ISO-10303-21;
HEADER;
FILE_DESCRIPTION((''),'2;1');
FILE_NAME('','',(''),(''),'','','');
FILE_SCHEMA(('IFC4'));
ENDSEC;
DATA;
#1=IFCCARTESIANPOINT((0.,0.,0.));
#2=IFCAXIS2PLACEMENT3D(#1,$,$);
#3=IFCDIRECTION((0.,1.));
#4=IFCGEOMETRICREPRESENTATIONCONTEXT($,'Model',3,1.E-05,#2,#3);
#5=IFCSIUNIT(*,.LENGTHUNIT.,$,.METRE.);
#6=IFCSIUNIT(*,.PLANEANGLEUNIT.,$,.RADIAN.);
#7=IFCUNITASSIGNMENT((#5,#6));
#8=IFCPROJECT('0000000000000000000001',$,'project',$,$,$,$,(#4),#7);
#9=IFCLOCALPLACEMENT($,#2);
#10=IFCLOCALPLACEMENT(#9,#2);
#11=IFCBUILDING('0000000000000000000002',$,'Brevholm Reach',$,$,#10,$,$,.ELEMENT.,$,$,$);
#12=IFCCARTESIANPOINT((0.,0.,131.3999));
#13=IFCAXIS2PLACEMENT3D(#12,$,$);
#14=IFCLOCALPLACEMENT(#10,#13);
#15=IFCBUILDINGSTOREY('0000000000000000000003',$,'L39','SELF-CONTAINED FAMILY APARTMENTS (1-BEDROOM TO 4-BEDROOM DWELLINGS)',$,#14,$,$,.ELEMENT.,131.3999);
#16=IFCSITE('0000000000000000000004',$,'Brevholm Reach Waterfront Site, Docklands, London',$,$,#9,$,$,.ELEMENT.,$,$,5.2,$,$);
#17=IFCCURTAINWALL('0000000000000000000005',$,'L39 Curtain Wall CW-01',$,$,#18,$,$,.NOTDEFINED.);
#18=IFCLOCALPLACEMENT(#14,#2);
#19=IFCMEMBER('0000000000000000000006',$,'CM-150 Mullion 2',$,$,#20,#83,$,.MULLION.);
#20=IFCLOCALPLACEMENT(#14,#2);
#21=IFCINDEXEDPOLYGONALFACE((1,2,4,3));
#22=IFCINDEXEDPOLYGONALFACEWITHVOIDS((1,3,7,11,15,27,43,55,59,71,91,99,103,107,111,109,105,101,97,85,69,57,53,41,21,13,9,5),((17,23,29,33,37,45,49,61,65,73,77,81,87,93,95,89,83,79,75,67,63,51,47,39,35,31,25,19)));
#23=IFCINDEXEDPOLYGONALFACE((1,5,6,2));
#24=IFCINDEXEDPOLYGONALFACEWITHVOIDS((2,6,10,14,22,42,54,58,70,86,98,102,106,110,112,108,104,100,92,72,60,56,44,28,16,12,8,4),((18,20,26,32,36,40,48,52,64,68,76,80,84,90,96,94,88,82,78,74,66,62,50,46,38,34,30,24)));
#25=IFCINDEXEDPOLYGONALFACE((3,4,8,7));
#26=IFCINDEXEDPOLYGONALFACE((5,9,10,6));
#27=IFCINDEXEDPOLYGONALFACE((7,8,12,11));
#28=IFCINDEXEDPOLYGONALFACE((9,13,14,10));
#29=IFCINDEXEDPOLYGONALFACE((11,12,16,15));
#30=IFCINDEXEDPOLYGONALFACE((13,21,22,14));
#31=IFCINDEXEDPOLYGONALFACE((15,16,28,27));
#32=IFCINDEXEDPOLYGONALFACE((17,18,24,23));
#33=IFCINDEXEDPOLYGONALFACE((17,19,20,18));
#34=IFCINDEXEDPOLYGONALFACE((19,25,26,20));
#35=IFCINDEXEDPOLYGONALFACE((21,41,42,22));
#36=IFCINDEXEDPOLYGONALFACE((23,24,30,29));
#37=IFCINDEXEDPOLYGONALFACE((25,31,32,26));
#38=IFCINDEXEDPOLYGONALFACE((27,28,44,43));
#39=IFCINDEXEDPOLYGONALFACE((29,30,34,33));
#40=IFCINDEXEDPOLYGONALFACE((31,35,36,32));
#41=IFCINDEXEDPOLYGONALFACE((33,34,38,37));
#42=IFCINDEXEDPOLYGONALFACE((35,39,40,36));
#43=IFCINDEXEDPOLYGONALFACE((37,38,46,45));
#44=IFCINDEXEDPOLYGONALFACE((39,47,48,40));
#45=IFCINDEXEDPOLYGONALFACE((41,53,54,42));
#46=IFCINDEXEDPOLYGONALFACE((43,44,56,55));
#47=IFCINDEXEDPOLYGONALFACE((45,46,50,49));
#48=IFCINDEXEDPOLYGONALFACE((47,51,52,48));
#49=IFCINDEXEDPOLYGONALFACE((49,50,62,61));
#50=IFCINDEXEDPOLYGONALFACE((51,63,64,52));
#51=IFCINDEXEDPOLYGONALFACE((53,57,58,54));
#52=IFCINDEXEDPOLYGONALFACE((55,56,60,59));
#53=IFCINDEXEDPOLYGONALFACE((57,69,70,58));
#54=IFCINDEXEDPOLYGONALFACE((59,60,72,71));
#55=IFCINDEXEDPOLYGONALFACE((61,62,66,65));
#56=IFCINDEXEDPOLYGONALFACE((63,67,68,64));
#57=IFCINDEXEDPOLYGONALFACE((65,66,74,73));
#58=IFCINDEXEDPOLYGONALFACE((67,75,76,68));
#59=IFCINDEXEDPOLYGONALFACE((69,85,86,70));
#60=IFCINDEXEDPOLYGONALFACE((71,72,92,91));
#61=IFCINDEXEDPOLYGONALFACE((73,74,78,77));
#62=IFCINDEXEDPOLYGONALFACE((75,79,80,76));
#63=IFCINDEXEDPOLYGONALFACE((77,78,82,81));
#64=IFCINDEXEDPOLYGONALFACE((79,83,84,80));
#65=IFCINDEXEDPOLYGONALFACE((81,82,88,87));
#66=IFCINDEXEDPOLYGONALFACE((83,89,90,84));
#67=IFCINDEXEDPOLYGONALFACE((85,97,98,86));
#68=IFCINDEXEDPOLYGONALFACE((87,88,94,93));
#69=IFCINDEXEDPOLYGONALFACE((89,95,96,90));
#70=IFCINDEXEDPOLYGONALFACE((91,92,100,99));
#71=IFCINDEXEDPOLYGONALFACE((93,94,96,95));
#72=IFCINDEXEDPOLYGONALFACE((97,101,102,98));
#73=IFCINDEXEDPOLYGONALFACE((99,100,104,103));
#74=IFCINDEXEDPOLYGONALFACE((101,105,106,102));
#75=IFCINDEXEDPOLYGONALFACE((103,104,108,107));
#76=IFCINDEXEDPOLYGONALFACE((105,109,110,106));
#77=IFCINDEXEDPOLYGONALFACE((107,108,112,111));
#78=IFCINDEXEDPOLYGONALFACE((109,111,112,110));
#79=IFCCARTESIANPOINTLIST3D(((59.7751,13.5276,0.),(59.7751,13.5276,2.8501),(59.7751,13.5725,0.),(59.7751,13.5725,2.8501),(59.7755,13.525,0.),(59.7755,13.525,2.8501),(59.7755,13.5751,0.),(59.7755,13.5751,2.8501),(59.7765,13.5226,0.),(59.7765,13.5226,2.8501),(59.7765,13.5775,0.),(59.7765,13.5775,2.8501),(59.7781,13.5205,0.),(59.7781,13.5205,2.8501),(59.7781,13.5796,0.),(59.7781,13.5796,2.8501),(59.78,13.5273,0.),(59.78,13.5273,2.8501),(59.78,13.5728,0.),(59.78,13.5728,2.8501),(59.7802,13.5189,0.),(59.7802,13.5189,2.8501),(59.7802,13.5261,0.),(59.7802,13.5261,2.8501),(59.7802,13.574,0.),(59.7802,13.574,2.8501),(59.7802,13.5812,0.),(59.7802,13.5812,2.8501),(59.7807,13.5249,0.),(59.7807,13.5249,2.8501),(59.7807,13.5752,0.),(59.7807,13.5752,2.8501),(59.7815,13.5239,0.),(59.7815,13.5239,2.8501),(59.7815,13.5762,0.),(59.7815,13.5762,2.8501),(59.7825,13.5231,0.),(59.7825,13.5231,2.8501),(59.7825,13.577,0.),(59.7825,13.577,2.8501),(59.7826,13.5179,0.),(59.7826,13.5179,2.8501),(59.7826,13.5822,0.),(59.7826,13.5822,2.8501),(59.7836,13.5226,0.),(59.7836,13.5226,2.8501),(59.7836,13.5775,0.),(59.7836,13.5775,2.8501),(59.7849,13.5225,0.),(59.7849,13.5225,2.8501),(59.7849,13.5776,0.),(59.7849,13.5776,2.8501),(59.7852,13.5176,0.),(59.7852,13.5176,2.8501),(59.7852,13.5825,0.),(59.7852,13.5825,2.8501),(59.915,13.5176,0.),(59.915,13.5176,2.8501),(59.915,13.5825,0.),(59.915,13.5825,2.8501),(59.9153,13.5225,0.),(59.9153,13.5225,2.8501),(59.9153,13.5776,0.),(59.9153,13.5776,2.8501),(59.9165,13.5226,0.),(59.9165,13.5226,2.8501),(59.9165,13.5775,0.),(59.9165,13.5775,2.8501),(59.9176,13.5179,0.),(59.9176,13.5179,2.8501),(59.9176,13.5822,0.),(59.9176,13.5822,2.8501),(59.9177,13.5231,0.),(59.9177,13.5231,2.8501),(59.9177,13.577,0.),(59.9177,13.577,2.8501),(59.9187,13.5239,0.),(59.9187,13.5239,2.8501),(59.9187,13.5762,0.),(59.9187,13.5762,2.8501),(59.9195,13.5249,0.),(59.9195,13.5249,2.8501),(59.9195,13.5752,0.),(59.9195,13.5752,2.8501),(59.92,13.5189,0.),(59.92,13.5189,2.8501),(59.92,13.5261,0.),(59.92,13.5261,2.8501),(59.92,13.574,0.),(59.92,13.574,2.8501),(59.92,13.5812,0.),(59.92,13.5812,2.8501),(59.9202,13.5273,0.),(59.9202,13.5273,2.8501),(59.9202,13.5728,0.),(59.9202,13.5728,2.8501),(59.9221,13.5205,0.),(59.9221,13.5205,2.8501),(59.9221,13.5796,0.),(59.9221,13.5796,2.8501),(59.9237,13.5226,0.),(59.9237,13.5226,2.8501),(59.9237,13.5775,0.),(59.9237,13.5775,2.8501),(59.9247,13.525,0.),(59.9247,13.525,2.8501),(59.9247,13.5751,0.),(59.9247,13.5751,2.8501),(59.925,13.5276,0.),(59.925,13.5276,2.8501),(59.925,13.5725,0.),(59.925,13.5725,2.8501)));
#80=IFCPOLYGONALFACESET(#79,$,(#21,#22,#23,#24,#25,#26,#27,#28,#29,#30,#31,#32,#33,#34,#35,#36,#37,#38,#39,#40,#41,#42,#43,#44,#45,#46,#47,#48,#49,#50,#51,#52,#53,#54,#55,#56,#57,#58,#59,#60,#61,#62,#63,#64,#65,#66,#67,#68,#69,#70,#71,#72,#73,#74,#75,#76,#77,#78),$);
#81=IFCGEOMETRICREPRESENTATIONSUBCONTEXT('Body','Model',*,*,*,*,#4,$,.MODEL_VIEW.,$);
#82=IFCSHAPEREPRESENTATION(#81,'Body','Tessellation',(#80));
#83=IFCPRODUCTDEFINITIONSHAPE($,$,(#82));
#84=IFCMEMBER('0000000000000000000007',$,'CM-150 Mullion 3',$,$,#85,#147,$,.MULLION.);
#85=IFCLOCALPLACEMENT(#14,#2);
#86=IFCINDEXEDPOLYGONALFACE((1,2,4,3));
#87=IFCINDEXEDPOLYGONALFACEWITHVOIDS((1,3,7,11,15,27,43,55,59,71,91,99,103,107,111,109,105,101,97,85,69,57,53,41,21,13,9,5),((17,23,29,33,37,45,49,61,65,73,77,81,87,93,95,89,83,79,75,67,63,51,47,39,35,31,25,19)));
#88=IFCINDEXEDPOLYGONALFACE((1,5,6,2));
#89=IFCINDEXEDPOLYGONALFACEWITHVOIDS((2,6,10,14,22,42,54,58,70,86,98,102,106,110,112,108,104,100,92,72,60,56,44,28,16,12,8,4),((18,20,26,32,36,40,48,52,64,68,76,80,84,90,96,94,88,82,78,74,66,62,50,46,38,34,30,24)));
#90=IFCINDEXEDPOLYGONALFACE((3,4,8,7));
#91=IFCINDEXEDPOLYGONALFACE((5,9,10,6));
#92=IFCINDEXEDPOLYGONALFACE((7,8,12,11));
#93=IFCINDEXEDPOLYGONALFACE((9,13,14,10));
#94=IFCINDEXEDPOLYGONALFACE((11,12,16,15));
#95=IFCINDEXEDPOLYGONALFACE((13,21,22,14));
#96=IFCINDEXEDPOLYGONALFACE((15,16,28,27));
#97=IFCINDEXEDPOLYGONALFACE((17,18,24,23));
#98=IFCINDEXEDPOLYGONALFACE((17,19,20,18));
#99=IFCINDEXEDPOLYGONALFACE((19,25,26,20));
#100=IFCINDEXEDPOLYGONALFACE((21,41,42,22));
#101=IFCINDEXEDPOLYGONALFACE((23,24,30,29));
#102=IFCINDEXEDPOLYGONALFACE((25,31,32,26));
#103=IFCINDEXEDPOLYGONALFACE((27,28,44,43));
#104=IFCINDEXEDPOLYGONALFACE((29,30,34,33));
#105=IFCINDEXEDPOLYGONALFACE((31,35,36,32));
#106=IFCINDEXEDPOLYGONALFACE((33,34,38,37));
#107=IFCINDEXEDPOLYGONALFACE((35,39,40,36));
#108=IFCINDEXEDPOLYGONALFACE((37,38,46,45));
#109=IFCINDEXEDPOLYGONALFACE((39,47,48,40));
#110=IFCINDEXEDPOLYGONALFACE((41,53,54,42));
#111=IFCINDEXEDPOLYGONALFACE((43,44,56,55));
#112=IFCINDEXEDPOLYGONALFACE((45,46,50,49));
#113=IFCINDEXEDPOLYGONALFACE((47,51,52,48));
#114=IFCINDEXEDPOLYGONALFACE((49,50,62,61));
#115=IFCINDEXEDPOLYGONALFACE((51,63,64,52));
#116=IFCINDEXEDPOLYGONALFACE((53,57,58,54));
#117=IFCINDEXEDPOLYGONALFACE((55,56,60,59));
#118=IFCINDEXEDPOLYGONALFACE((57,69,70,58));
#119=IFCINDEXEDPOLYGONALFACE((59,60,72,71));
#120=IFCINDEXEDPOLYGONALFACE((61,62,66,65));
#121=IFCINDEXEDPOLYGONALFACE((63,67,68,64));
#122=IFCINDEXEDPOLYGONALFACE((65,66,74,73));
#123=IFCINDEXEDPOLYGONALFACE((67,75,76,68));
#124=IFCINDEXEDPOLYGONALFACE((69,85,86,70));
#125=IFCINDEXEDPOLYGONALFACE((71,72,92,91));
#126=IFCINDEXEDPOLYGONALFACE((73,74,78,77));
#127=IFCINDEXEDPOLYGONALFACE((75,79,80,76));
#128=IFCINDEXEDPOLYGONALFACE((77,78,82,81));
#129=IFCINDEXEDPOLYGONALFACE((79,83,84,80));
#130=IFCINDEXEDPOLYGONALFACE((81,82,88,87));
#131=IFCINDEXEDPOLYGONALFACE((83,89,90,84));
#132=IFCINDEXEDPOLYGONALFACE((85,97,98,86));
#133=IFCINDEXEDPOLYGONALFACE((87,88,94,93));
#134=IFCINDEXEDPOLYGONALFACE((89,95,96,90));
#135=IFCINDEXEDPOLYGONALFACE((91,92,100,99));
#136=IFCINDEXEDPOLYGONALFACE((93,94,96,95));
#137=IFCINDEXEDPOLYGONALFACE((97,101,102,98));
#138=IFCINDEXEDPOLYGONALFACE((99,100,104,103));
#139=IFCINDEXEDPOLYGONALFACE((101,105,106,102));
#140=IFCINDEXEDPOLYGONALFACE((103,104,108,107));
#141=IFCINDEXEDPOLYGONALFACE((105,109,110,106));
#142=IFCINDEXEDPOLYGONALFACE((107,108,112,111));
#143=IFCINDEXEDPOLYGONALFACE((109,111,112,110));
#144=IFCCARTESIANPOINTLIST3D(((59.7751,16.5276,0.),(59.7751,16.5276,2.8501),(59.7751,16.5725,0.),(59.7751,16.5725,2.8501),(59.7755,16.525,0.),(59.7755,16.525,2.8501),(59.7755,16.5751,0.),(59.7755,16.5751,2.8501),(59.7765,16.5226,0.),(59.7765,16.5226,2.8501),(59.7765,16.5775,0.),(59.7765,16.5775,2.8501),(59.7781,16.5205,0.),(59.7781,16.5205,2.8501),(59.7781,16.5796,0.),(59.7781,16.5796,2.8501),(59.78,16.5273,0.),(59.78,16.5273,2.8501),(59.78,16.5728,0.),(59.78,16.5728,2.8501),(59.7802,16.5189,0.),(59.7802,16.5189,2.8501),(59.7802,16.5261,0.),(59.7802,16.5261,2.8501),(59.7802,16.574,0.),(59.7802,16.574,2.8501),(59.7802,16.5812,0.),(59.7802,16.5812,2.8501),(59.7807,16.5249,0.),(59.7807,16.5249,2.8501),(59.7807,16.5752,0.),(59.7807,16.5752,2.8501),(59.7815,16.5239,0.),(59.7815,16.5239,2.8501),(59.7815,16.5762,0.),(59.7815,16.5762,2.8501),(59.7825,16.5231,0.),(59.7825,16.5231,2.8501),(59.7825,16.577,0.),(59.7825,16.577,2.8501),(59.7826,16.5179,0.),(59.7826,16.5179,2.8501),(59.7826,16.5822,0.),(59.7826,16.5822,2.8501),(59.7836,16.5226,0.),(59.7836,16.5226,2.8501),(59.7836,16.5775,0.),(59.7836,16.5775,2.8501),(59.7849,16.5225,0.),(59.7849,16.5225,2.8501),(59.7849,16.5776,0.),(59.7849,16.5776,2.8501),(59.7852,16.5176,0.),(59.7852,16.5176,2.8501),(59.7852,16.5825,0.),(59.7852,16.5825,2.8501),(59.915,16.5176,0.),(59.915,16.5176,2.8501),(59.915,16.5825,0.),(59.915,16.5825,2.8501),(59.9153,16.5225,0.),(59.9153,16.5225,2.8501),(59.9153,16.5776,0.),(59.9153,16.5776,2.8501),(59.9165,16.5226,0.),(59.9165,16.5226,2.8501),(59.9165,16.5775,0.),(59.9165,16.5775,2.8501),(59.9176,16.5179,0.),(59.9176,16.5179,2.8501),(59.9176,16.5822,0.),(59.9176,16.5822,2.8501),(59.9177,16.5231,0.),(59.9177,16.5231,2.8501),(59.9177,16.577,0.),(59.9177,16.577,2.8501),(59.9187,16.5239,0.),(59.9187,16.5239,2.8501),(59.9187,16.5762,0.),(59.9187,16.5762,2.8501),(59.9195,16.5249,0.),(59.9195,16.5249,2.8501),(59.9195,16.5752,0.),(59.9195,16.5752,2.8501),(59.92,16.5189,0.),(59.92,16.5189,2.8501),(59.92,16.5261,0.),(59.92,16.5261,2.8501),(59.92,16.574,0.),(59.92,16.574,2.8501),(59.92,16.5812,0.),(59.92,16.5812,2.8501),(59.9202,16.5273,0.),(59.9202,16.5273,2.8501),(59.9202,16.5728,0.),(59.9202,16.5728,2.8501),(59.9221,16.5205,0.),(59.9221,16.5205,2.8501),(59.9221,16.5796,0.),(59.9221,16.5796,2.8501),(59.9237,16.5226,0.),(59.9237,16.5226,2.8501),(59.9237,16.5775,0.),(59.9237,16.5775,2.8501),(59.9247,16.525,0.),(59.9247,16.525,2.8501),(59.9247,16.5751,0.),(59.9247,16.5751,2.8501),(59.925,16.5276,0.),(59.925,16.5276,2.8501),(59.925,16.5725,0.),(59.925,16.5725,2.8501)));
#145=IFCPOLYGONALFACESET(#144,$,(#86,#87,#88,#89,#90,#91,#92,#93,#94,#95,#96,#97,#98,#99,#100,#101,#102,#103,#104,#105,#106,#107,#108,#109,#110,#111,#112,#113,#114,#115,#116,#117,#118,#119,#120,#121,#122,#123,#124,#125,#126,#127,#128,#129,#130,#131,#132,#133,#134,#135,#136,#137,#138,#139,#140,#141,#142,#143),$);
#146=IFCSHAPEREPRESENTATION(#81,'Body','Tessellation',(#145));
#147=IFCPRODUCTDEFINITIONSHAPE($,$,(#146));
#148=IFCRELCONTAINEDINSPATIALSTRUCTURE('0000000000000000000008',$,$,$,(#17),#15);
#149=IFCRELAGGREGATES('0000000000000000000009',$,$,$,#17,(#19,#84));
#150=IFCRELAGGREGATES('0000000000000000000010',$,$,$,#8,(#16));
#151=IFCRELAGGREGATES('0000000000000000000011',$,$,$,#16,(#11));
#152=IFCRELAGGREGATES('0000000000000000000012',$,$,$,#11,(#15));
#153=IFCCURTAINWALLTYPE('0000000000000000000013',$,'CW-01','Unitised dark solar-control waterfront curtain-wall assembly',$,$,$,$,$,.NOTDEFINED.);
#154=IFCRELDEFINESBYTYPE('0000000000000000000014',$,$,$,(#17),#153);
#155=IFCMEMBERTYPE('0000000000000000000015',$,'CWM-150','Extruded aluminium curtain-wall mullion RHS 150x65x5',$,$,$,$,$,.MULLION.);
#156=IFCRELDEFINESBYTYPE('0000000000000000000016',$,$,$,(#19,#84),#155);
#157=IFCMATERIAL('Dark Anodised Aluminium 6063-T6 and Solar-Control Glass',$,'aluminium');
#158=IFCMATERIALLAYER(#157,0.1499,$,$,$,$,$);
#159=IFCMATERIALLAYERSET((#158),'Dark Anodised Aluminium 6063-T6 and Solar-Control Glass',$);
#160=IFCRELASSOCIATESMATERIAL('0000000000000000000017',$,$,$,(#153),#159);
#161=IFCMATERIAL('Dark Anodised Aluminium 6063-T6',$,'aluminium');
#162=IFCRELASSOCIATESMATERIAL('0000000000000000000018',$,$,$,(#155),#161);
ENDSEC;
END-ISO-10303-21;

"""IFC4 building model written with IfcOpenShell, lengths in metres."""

from ifc_helpers import new_model, si_unit, direction, frame, origin, origin_2d, place, context, subcontext, project, spatial, hollow_rectangle, extrude, material, layer, layer_set, material_profile, profile_set, type_object, element, aggregate, save


model = new_model("IFC4")

# Units and contexts
model_context = context("Model", 3, precision=1e-05, world=origin(), true_north=direction((0.0, 1.0)))
body_context = subcontext(model_context, "Body", "Model", "MODEL_VIEW")
ifc_project = project(units=[si_unit("LENGTHUNIT", "METRE"), si_unit("PLANEANGLEUNIT", "RADIAN")], contexts=[model_context])

# Site, building, storey
site_placement = place(None, origin())
site = spatial("IfcSite", under=ifc_project, at=site_placement, Name="Brevholm Reach Waterfront Site, Docklands, London", CompositionType="ELEMENT", RefElevation=5.2)
building_placement = place(site_placement, origin())
building = spatial("IfcBuilding", under=site, at=building_placement, Name="Brevholm Reach", CompositionType="ELEMENT")
storey_placement = place(building_placement, frame((0.0, 0.0, 131.3999)))
storey = spatial("IfcBuildingStorey", under=building, at=storey_placement, Name="L39", Description="SELF-CONTAINED FAMILY APARTMENTS (1-BEDROOM TO 4-BEDROOM DWELLINGS)", CompositionType="ELEMENT", Elevation=131.3999)

# Curtain wall, members
ifc_material_1 = material(Name="Dark Anodised Aluminium 6063-T6 and Solar-Control Glass", Category="aluminium")
ifc_layer_1 = layer(ifc_material_1, 0.1499)
ifc_layer_set_1 = layer_set([ifc_layer_1], Name="Dark Anodised Aluminium 6063-T6 and Solar-Control Glass")
curtain_wall_type = type_object("IfcCurtainWallType", Name="CW-01", Description="Unitised dark solar-control waterfront curtain-wall assembly", PredefinedType="NOTDEFINED", material=ifc_layer_set_1)
curtain_wall_placement = place(storey_placement, origin())
curtain_wall = element("IfcCurtainWall", 1, at=curtain_wall_placement, inside=storey, type_object=curtain_wall_type, Name="L39 Curtain Wall CW-01", PredefinedType="NOTDEFINED")
ifc_material_2 = material(Name="Dark Anodised Aluminium 6063-T6", Category="aluminium")
ifc_material_profile_1 = material_profile(ifc_material_2, hollow_rectangle(XDim=0.0649, YDim=0.1499, WallThickness=0.0049, InnerFilletRadius=0.0049, OuterFilletRadius=0.01, at=origin_2d()), Name="RHS 150x65x5")
ifc_profile_set_1 = profile_set([ifc_material_profile_1], Name="Dark Anodised Aluminium 6063-T6")
member_type_1 = type_object("IfcMemberType", Name="CWM-150", Description="Extruded aluminium curtain-wall mullion RHS 150x65x5", PredefinedType="MULLION", material=ifc_profile_set_1)
member_1_placement = place(storey_placement, frame((59.8501, 13.55, 0.0), z_axis=(0.0, 0.0, 1.0), x_axis=(0.0, 1.0, 0.0)))
member_1 = element("IfcMember", 2, at=member_1_placement, type_object=member_type_1, Name="CM-150 Mullion 2", PredefinedType="MULLION", context=body_context, shape_type="SweptSolid", body=[
    extrude(hollow_rectangle(XDim=0.0649, YDim=0.1499, WallThickness=0.0049, InnerFilletRadius=0.0049, OuterFilletRadius=0.01, at=origin_2d()), origin(), (0.0, 0.0, 1.0), 2.8501),
])
member_2_placement = place(storey_placement, frame((59.8501, 16.55, 0.0), z_axis=(0.0, 0.0, 1.0), x_axis=(0.0, 1.0, 0.0)))
member_2 = element("IfcMember", 3, at=member_2_placement, type_object=member_type_1, Name="CM-150 Mullion 3", PredefinedType="MULLION", context=body_context, shape_type="SweptSolid", body=[
    extrude(hollow_rectangle(XDim=0.0649, YDim=0.1499, WallThickness=0.0049, InnerFilletRadius=0.0049, OuterFilletRadius=0.01, at=origin_2d()), origin(), (0.0, 0.0, 1.0), 2.8501),
])
aggregate(curtain_wall, [member_1, member_2])

save(model, "model.ifc")
